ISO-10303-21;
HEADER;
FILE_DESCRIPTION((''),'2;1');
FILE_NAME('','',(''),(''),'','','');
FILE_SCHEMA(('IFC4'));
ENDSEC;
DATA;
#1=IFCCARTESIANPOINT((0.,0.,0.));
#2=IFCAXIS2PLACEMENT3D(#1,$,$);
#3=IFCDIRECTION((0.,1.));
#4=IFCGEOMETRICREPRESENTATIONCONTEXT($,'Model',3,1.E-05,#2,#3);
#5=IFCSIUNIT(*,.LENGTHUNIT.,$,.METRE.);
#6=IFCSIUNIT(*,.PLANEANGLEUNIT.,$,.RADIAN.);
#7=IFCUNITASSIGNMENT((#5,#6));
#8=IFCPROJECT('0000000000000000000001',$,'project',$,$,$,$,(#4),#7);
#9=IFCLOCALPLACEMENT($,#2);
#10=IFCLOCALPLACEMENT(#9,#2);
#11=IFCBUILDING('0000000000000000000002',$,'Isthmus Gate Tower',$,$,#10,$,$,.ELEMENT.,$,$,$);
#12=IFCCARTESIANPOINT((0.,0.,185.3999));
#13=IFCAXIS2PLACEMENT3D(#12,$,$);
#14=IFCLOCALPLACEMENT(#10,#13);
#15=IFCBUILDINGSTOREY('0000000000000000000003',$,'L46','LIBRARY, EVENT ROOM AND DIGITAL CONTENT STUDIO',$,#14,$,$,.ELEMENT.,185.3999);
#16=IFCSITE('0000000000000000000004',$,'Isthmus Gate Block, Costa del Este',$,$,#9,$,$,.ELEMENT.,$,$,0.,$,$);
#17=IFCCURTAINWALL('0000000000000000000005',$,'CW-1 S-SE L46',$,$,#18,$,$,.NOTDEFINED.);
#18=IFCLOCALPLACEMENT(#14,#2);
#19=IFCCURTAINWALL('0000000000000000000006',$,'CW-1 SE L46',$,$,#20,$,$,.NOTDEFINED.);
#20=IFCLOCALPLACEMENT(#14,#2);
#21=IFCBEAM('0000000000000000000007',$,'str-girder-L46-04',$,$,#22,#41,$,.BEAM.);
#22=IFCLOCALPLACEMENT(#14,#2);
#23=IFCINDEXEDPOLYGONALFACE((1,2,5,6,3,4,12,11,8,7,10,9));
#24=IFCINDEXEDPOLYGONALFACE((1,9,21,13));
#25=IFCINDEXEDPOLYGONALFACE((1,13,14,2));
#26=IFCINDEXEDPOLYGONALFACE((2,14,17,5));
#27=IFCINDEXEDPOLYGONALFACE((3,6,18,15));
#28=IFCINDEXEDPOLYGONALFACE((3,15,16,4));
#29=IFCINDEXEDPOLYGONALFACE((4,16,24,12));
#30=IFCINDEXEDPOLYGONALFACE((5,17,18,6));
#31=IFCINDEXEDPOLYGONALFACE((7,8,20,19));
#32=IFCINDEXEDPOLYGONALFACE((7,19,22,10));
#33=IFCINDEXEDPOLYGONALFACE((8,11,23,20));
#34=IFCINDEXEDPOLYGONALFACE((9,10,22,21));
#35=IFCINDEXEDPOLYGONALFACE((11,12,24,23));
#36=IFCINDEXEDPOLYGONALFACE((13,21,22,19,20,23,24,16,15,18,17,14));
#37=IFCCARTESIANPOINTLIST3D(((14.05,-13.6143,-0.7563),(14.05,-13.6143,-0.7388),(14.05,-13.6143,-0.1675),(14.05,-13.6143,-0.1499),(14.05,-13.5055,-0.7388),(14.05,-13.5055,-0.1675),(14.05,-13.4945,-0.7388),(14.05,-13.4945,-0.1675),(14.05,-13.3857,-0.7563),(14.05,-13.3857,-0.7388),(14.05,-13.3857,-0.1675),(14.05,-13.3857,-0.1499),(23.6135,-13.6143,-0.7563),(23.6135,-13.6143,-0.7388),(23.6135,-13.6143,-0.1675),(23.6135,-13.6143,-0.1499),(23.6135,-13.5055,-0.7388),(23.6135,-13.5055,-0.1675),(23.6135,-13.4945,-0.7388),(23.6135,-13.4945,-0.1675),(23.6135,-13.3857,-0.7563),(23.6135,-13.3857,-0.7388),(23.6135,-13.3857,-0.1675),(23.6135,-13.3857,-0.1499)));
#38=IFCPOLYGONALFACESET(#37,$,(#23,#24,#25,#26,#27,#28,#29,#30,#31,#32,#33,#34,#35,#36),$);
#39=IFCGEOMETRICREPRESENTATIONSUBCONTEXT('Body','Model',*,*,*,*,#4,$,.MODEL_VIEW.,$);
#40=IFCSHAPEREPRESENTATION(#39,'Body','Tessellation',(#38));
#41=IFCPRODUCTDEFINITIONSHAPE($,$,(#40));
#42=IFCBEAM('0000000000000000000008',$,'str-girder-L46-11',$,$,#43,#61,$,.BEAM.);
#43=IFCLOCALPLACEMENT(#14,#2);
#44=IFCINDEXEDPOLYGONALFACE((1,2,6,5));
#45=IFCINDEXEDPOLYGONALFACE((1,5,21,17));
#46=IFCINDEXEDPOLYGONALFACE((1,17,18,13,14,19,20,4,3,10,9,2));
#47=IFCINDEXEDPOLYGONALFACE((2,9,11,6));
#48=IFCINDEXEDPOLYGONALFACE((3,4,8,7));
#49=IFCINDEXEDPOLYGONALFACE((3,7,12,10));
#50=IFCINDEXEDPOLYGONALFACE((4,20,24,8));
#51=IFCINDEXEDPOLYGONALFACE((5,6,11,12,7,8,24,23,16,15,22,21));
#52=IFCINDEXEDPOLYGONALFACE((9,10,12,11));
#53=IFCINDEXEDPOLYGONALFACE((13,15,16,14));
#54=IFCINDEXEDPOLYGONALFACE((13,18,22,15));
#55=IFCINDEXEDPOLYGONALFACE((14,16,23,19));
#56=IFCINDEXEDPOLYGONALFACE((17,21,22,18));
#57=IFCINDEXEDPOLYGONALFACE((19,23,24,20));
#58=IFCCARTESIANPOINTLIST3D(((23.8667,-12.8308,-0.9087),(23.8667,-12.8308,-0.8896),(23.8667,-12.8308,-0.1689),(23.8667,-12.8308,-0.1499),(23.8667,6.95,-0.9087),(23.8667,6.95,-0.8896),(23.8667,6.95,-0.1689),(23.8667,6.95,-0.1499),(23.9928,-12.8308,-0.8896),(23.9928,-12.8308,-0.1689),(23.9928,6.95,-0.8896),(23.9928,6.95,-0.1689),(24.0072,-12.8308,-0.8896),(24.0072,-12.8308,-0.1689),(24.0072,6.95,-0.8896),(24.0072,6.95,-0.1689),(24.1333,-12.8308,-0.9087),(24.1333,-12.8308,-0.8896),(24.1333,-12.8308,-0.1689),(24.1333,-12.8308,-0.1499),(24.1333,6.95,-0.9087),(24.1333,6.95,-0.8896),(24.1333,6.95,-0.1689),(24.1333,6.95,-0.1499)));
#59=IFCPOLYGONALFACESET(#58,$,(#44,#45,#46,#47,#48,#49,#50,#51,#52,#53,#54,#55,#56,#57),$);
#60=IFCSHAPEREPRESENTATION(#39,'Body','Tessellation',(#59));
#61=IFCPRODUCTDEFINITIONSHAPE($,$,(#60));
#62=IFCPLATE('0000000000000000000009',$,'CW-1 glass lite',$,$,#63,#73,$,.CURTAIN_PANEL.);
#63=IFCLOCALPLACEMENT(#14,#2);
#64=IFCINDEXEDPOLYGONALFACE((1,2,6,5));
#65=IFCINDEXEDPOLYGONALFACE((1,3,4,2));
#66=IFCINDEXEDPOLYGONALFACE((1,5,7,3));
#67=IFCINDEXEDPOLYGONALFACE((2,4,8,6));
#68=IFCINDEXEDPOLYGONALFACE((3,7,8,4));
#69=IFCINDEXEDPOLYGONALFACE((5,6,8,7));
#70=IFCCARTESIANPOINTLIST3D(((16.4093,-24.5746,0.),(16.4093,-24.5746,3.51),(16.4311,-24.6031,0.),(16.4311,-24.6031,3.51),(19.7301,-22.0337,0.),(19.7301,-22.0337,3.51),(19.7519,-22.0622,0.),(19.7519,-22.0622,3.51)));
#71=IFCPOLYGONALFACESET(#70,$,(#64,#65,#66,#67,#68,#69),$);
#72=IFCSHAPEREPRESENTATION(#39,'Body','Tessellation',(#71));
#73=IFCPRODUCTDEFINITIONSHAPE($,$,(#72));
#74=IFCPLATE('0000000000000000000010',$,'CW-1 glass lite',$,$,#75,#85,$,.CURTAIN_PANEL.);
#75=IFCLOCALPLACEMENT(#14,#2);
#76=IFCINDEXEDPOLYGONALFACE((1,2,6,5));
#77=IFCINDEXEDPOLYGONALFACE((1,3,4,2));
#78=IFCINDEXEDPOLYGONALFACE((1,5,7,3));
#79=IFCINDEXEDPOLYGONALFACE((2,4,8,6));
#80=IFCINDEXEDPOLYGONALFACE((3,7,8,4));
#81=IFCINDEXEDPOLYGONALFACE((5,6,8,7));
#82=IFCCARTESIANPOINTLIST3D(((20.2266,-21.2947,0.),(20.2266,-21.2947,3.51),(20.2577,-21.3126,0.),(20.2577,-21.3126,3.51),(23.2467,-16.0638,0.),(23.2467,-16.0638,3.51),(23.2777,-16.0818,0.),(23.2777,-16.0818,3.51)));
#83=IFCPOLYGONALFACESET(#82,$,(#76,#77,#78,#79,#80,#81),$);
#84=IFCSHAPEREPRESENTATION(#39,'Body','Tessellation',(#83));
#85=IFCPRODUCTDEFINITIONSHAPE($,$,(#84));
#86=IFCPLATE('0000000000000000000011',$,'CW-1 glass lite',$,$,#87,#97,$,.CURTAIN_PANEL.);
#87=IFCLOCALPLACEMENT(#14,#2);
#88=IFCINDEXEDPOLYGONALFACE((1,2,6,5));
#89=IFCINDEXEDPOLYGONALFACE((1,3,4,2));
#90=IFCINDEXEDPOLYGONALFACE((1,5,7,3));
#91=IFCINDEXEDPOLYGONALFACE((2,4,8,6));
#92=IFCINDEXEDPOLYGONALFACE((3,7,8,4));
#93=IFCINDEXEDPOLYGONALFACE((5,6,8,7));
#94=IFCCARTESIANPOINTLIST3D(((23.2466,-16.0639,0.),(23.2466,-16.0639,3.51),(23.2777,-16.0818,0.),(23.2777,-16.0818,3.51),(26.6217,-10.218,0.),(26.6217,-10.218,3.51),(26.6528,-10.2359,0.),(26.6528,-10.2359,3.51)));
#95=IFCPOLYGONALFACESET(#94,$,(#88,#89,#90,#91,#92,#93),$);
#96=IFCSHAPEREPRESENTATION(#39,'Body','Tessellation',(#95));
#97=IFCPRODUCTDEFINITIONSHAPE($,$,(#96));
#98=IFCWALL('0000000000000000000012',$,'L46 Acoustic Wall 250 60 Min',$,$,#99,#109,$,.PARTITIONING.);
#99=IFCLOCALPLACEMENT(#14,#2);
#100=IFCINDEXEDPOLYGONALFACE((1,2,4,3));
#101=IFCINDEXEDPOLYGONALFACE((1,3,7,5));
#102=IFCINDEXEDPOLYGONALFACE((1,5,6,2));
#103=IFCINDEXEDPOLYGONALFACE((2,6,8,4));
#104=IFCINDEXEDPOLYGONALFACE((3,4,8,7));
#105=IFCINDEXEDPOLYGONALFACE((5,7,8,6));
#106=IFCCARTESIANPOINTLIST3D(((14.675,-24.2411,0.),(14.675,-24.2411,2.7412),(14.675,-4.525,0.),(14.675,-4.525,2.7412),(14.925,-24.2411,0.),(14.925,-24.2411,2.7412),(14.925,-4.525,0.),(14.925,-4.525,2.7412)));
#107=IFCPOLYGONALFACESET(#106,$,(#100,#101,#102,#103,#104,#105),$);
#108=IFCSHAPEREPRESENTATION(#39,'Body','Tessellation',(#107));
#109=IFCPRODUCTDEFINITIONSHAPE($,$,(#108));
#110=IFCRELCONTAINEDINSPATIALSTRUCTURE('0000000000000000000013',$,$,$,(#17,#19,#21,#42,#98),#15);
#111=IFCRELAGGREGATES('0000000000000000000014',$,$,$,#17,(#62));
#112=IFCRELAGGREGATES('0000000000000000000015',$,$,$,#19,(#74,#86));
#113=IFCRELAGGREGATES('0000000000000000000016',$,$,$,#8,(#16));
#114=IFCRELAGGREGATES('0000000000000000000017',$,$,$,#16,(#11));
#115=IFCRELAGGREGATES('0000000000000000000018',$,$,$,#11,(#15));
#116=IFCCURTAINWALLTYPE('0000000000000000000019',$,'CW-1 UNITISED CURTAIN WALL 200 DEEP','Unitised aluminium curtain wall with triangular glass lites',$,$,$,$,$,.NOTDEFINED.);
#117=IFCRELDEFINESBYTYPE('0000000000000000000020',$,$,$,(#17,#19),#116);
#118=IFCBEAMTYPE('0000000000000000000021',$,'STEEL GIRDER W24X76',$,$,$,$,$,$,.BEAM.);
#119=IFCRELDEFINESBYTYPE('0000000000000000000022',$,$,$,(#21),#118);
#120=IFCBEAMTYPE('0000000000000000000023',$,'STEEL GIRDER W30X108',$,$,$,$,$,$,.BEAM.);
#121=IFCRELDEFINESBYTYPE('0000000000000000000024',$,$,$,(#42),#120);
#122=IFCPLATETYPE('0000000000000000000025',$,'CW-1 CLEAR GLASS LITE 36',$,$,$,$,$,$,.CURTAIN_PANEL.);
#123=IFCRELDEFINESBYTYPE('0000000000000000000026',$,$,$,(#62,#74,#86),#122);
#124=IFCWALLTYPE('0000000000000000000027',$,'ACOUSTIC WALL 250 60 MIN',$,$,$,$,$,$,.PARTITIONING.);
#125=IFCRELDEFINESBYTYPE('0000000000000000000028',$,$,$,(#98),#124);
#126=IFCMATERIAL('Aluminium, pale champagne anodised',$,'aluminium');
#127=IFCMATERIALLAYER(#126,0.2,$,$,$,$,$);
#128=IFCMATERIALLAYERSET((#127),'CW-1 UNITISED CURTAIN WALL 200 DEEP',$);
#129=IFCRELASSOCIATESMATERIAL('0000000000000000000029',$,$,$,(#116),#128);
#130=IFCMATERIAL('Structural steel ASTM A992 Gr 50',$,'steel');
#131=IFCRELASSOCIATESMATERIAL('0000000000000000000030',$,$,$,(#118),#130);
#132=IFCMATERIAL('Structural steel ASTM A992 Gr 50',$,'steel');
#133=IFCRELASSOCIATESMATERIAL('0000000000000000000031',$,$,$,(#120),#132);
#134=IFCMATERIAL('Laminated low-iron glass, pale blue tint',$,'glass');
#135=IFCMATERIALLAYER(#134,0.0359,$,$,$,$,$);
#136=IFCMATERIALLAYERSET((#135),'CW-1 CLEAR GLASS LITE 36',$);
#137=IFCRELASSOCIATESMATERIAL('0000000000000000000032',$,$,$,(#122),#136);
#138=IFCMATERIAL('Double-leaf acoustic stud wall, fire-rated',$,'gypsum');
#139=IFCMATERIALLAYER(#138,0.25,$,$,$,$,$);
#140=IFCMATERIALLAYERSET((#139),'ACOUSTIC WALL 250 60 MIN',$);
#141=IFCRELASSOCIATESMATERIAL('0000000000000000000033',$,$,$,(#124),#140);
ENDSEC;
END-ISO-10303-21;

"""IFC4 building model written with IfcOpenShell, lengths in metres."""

from ifc_helpers import new_model, si_unit, direction, frame, frame_2d, origin, origin_2d, place, context, subcontext, project, spatial, rectangle, i_section, extrude, material, layer, layer_set, material_profile, profile_set, type_object, element, aggregate, save


model = new_model("IFC4")

# Units and contexts
model_context = context("Model", 3, precision=1e-05, world=origin(), true_north=direction((0.0, 1.0)))
body_context = subcontext(model_context, "Body", "Model", "MODEL_VIEW")
ifc_project = project(units=[si_unit("LENGTHUNIT", "METRE"), si_unit("PLANEANGLEUNIT", "RADIAN")], contexts=[model_context])

# Site, building, storey
site_placement = place(None, origin())
site = spatial("IfcSite", under=ifc_project, at=site_placement, Name="Isthmus Gate Block, Costa del Este", CompositionType="ELEMENT", RefElevation=0.0)
building_placement = place(site_placement, origin())
building = spatial("IfcBuilding", under=site, at=building_placement, Name="Isthmus Gate Tower", CompositionType="ELEMENT")
storey_placement = place(building_placement, frame((0.0, 0.0, 185.3999)))
storey = spatial("IfcBuildingStorey", under=building, at=storey_placement, Name="L46", Description="LIBRARY, EVENT ROOM AND DIGITAL CONTENT STUDIO", CompositionType="ELEMENT", Elevation=185.3999)

# Curtain wall
ifc_material_1 = material(Name="Aluminium, pale champagne anodised", Category="aluminium")
ifc_layer_1 = layer(ifc_material_1, 0.2)
ifc_layer_set_1 = layer_set([ifc_layer_1], Name="CW-1 UNITISED CURTAIN WALL 200 DEEP")
curtain_wall_type = type_object("IfcCurtainWallType", Name="CW-1 UNITISED CURTAIN WALL 200 DEEP", Description="Unitised aluminium curtain wall with triangular glass lites", PredefinedType="NOTDEFINED", material=ifc_layer_set_1)
curtain_wall_1_placement = place(storey_placement, origin())
curtain_wall_1 = element("IfcCurtainWall", 1, at=curtain_wall_1_placement, inside=storey, type_object=curtain_wall_type, Name="CW-1 S-SE L46", PredefinedType="NOTDEFINED")

# Curtain wall
curtain_wall_2_placement = place(storey_placement, origin())
curtain_wall_2 = element("IfcCurtainWall", 2, at=curtain_wall_2_placement, inside=storey, type_object=curtain_wall_type, Name="CW-1 SE L46", PredefinedType="NOTDEFINED")

# Beams
ifc_material_2 = material(Name="Structural steel ASTM A992 Gr 50", Category="steel")
ifc_material_profile_1 = material_profile(ifc_material_2, i_section(OverallWidth=0.2285, OverallDepth=0.6064, WebThickness=0.011, FlangeThickness=0.0176, at=origin_2d()), Name="W24X76")
ifc_profile_set_1 = profile_set([ifc_material_profile_1], Name="Structural steel ASTM A992 Gr 50")
beam_type_1 = type_object("IfcBeamType", Name="STEEL GIRDER W24X76", PredefinedType="BEAM", material=ifc_profile_set_1)
beam_1_placement = place(storey_placement, frame((14.05, -13.5, -0.4531), z_axis=(1.0, 0.0, 0.0), x_axis=(0.0, 1.0, 0.0)))
element("IfcBeam", 3, at=beam_1_placement, inside=storey, type_object=beam_type_1, Name="str-girder-L46-04", PredefinedType="BEAM", context=body_context, shape_type="SweptSolid", body=[
    extrude(i_section(OverallWidth=0.2285, OverallDepth=0.6064, WebThickness=0.011, FlangeThickness=0.0176, at=origin_2d()), origin(), (0.0, 0.0, 1.0), 9.5635),
])
ifc_material_3 = material(Name="Structural steel ASTM A992 Gr 50", Category="steel")
ifc_material_profile_2 = material_profile(ifc_material_3, i_section(OverallWidth=0.2666, OverallDepth=0.7588, WebThickness=0.0144, FlangeThickness=0.019, at=origin_2d()), Name="W30X108")
ifc_profile_set_2 = profile_set([ifc_material_profile_2], Name="Structural steel ASTM A992 Gr 50")
beam_type_2 = type_object("IfcBeamType", Name="STEEL GIRDER W30X108", PredefinedType="BEAM", material=ifc_profile_set_2)
beam_2_placement = place(storey_placement, frame((24.0, -12.8308, -0.5293), z_axis=(0.0, 1.0, 0.0), x_axis=(-1.0, 0.0, 0.0)))
element("IfcBeam", 4, at=beam_2_placement, inside=storey, type_object=beam_type_2, Name="str-girder-L46-11", PredefinedType="BEAM", context=body_context, shape_type="SweptSolid", body=[
    extrude(i_section(OverallWidth=0.2666, OverallDepth=0.7588, WebThickness=0.0144, FlangeThickness=0.019, at=origin_2d()), origin(), (0.0, 0.0, 1.0), 19.7808),
])

# Plates
ifc_material_4 = material(Name="Laminated low-iron glass, pale blue tint", Category="glass")
ifc_layer_2 = layer(ifc_material_4, 0.0359)
ifc_layer_set_2 = layer_set([ifc_layer_2], Name="CW-1 CLEAR GLASS LITE 36")
plate_type = type_object("IfcPlateType", Name="CW-1 CLEAR GLASS LITE 36", PredefinedType="CURTAIN_PANEL", material=ifc_layer_set_2)
plate_1_placement = place(storey_placement, frame((18.0806, -23.3184, 0.0), z_axis=(0.0, 0.0, 1.0), x_axis=(0.794189, 0.607671, 0.0)))
plate_1 = element("IfcPlate", 5, at=plate_1_placement, type_object=plate_type, Name="CW-1 glass lite", PredefinedType="CURTAIN_PANEL", context=body_context, shape_type="SweptSolid", body=[
    extrude(rectangle(XDim=4.1814, YDim=0.0359, at=origin_2d()), origin(), (0.0, 0.0, 1.0), 3.51),
])
aggregate(curtain_wall_1, [plate_1])
plate_2_placement = place(storey_placement, frame((21.7522, -18.6882, 0.0), z_axis=(0.0, 0.0, 1.0), x_axis=(0.5, 0.866025, 0.0)))
plate_2 = element("IfcPlate", 6, at=plate_2_placement, type_object=plate_type, Name="CW-1 glass lite", PredefinedType="CURTAIN_PANEL", context=body_context, shape_type="SweptSolid", body=[
    extrude(rectangle(XDim=6.04, YDim=0.0359, at=origin_2d()), origin(), (0.0, 0.0, 1.0), 3.51),
])
plate_3_placement = place(storey_placement, frame((24.9497, -13.1499, 0.0), z_axis=(0.0, 0.0, 1.0), x_axis=(0.5, 0.866025, 0.0)))
plate_3 = element("IfcPlate", 7, at=plate_3_placement, type_object=plate_type, Name="CW-1 glass lite", PredefinedType="CURTAIN_PANEL", context=body_context, shape_type="SweptSolid", body=[
    extrude(rectangle(XDim=6.7502, YDim=0.0359, at=origin_2d()), origin(), (0.0, 0.0, 1.0), 3.51),
])
aggregate(curtain_wall_2, [plate_2, plate_3])

# Wall
ifc_material_5 = material(Name="Double-leaf acoustic stud wall, fire-rated", Category="gypsum")
ifc_layer_3 = layer(ifc_material_5, 0.25)
ifc_layer_set_3 = layer_set([ifc_layer_3], Name="ACOUSTIC WALL 250 60 MIN")
wall_type = type_object("IfcWallType", Name="ACOUSTIC WALL 250 60 MIN", PredefinedType="PARTITIONING", material=ifc_layer_set_3)
wall_placement = place(storey_placement, frame((14.8, -24.241, 0.0), z_axis=(0.0, 0.0, 1.0), x_axis=(0.0, 1.0, 0.0)))
element("IfcWall", 8, at=wall_placement, inside=storey, type_object=wall_type, Name="L46 Acoustic Wall 250 60 Min", PredefinedType="PARTITIONING", context=body_context, shape_type="SweptSolid", body=[
    extrude(rectangle(XDim=19.7161, YDim=0.25, at=frame_2d((9.8579, 0.0))), origin(), (0.0, 0.0, 1.0), 2.7412),
])

save(model, "model.ifc")
